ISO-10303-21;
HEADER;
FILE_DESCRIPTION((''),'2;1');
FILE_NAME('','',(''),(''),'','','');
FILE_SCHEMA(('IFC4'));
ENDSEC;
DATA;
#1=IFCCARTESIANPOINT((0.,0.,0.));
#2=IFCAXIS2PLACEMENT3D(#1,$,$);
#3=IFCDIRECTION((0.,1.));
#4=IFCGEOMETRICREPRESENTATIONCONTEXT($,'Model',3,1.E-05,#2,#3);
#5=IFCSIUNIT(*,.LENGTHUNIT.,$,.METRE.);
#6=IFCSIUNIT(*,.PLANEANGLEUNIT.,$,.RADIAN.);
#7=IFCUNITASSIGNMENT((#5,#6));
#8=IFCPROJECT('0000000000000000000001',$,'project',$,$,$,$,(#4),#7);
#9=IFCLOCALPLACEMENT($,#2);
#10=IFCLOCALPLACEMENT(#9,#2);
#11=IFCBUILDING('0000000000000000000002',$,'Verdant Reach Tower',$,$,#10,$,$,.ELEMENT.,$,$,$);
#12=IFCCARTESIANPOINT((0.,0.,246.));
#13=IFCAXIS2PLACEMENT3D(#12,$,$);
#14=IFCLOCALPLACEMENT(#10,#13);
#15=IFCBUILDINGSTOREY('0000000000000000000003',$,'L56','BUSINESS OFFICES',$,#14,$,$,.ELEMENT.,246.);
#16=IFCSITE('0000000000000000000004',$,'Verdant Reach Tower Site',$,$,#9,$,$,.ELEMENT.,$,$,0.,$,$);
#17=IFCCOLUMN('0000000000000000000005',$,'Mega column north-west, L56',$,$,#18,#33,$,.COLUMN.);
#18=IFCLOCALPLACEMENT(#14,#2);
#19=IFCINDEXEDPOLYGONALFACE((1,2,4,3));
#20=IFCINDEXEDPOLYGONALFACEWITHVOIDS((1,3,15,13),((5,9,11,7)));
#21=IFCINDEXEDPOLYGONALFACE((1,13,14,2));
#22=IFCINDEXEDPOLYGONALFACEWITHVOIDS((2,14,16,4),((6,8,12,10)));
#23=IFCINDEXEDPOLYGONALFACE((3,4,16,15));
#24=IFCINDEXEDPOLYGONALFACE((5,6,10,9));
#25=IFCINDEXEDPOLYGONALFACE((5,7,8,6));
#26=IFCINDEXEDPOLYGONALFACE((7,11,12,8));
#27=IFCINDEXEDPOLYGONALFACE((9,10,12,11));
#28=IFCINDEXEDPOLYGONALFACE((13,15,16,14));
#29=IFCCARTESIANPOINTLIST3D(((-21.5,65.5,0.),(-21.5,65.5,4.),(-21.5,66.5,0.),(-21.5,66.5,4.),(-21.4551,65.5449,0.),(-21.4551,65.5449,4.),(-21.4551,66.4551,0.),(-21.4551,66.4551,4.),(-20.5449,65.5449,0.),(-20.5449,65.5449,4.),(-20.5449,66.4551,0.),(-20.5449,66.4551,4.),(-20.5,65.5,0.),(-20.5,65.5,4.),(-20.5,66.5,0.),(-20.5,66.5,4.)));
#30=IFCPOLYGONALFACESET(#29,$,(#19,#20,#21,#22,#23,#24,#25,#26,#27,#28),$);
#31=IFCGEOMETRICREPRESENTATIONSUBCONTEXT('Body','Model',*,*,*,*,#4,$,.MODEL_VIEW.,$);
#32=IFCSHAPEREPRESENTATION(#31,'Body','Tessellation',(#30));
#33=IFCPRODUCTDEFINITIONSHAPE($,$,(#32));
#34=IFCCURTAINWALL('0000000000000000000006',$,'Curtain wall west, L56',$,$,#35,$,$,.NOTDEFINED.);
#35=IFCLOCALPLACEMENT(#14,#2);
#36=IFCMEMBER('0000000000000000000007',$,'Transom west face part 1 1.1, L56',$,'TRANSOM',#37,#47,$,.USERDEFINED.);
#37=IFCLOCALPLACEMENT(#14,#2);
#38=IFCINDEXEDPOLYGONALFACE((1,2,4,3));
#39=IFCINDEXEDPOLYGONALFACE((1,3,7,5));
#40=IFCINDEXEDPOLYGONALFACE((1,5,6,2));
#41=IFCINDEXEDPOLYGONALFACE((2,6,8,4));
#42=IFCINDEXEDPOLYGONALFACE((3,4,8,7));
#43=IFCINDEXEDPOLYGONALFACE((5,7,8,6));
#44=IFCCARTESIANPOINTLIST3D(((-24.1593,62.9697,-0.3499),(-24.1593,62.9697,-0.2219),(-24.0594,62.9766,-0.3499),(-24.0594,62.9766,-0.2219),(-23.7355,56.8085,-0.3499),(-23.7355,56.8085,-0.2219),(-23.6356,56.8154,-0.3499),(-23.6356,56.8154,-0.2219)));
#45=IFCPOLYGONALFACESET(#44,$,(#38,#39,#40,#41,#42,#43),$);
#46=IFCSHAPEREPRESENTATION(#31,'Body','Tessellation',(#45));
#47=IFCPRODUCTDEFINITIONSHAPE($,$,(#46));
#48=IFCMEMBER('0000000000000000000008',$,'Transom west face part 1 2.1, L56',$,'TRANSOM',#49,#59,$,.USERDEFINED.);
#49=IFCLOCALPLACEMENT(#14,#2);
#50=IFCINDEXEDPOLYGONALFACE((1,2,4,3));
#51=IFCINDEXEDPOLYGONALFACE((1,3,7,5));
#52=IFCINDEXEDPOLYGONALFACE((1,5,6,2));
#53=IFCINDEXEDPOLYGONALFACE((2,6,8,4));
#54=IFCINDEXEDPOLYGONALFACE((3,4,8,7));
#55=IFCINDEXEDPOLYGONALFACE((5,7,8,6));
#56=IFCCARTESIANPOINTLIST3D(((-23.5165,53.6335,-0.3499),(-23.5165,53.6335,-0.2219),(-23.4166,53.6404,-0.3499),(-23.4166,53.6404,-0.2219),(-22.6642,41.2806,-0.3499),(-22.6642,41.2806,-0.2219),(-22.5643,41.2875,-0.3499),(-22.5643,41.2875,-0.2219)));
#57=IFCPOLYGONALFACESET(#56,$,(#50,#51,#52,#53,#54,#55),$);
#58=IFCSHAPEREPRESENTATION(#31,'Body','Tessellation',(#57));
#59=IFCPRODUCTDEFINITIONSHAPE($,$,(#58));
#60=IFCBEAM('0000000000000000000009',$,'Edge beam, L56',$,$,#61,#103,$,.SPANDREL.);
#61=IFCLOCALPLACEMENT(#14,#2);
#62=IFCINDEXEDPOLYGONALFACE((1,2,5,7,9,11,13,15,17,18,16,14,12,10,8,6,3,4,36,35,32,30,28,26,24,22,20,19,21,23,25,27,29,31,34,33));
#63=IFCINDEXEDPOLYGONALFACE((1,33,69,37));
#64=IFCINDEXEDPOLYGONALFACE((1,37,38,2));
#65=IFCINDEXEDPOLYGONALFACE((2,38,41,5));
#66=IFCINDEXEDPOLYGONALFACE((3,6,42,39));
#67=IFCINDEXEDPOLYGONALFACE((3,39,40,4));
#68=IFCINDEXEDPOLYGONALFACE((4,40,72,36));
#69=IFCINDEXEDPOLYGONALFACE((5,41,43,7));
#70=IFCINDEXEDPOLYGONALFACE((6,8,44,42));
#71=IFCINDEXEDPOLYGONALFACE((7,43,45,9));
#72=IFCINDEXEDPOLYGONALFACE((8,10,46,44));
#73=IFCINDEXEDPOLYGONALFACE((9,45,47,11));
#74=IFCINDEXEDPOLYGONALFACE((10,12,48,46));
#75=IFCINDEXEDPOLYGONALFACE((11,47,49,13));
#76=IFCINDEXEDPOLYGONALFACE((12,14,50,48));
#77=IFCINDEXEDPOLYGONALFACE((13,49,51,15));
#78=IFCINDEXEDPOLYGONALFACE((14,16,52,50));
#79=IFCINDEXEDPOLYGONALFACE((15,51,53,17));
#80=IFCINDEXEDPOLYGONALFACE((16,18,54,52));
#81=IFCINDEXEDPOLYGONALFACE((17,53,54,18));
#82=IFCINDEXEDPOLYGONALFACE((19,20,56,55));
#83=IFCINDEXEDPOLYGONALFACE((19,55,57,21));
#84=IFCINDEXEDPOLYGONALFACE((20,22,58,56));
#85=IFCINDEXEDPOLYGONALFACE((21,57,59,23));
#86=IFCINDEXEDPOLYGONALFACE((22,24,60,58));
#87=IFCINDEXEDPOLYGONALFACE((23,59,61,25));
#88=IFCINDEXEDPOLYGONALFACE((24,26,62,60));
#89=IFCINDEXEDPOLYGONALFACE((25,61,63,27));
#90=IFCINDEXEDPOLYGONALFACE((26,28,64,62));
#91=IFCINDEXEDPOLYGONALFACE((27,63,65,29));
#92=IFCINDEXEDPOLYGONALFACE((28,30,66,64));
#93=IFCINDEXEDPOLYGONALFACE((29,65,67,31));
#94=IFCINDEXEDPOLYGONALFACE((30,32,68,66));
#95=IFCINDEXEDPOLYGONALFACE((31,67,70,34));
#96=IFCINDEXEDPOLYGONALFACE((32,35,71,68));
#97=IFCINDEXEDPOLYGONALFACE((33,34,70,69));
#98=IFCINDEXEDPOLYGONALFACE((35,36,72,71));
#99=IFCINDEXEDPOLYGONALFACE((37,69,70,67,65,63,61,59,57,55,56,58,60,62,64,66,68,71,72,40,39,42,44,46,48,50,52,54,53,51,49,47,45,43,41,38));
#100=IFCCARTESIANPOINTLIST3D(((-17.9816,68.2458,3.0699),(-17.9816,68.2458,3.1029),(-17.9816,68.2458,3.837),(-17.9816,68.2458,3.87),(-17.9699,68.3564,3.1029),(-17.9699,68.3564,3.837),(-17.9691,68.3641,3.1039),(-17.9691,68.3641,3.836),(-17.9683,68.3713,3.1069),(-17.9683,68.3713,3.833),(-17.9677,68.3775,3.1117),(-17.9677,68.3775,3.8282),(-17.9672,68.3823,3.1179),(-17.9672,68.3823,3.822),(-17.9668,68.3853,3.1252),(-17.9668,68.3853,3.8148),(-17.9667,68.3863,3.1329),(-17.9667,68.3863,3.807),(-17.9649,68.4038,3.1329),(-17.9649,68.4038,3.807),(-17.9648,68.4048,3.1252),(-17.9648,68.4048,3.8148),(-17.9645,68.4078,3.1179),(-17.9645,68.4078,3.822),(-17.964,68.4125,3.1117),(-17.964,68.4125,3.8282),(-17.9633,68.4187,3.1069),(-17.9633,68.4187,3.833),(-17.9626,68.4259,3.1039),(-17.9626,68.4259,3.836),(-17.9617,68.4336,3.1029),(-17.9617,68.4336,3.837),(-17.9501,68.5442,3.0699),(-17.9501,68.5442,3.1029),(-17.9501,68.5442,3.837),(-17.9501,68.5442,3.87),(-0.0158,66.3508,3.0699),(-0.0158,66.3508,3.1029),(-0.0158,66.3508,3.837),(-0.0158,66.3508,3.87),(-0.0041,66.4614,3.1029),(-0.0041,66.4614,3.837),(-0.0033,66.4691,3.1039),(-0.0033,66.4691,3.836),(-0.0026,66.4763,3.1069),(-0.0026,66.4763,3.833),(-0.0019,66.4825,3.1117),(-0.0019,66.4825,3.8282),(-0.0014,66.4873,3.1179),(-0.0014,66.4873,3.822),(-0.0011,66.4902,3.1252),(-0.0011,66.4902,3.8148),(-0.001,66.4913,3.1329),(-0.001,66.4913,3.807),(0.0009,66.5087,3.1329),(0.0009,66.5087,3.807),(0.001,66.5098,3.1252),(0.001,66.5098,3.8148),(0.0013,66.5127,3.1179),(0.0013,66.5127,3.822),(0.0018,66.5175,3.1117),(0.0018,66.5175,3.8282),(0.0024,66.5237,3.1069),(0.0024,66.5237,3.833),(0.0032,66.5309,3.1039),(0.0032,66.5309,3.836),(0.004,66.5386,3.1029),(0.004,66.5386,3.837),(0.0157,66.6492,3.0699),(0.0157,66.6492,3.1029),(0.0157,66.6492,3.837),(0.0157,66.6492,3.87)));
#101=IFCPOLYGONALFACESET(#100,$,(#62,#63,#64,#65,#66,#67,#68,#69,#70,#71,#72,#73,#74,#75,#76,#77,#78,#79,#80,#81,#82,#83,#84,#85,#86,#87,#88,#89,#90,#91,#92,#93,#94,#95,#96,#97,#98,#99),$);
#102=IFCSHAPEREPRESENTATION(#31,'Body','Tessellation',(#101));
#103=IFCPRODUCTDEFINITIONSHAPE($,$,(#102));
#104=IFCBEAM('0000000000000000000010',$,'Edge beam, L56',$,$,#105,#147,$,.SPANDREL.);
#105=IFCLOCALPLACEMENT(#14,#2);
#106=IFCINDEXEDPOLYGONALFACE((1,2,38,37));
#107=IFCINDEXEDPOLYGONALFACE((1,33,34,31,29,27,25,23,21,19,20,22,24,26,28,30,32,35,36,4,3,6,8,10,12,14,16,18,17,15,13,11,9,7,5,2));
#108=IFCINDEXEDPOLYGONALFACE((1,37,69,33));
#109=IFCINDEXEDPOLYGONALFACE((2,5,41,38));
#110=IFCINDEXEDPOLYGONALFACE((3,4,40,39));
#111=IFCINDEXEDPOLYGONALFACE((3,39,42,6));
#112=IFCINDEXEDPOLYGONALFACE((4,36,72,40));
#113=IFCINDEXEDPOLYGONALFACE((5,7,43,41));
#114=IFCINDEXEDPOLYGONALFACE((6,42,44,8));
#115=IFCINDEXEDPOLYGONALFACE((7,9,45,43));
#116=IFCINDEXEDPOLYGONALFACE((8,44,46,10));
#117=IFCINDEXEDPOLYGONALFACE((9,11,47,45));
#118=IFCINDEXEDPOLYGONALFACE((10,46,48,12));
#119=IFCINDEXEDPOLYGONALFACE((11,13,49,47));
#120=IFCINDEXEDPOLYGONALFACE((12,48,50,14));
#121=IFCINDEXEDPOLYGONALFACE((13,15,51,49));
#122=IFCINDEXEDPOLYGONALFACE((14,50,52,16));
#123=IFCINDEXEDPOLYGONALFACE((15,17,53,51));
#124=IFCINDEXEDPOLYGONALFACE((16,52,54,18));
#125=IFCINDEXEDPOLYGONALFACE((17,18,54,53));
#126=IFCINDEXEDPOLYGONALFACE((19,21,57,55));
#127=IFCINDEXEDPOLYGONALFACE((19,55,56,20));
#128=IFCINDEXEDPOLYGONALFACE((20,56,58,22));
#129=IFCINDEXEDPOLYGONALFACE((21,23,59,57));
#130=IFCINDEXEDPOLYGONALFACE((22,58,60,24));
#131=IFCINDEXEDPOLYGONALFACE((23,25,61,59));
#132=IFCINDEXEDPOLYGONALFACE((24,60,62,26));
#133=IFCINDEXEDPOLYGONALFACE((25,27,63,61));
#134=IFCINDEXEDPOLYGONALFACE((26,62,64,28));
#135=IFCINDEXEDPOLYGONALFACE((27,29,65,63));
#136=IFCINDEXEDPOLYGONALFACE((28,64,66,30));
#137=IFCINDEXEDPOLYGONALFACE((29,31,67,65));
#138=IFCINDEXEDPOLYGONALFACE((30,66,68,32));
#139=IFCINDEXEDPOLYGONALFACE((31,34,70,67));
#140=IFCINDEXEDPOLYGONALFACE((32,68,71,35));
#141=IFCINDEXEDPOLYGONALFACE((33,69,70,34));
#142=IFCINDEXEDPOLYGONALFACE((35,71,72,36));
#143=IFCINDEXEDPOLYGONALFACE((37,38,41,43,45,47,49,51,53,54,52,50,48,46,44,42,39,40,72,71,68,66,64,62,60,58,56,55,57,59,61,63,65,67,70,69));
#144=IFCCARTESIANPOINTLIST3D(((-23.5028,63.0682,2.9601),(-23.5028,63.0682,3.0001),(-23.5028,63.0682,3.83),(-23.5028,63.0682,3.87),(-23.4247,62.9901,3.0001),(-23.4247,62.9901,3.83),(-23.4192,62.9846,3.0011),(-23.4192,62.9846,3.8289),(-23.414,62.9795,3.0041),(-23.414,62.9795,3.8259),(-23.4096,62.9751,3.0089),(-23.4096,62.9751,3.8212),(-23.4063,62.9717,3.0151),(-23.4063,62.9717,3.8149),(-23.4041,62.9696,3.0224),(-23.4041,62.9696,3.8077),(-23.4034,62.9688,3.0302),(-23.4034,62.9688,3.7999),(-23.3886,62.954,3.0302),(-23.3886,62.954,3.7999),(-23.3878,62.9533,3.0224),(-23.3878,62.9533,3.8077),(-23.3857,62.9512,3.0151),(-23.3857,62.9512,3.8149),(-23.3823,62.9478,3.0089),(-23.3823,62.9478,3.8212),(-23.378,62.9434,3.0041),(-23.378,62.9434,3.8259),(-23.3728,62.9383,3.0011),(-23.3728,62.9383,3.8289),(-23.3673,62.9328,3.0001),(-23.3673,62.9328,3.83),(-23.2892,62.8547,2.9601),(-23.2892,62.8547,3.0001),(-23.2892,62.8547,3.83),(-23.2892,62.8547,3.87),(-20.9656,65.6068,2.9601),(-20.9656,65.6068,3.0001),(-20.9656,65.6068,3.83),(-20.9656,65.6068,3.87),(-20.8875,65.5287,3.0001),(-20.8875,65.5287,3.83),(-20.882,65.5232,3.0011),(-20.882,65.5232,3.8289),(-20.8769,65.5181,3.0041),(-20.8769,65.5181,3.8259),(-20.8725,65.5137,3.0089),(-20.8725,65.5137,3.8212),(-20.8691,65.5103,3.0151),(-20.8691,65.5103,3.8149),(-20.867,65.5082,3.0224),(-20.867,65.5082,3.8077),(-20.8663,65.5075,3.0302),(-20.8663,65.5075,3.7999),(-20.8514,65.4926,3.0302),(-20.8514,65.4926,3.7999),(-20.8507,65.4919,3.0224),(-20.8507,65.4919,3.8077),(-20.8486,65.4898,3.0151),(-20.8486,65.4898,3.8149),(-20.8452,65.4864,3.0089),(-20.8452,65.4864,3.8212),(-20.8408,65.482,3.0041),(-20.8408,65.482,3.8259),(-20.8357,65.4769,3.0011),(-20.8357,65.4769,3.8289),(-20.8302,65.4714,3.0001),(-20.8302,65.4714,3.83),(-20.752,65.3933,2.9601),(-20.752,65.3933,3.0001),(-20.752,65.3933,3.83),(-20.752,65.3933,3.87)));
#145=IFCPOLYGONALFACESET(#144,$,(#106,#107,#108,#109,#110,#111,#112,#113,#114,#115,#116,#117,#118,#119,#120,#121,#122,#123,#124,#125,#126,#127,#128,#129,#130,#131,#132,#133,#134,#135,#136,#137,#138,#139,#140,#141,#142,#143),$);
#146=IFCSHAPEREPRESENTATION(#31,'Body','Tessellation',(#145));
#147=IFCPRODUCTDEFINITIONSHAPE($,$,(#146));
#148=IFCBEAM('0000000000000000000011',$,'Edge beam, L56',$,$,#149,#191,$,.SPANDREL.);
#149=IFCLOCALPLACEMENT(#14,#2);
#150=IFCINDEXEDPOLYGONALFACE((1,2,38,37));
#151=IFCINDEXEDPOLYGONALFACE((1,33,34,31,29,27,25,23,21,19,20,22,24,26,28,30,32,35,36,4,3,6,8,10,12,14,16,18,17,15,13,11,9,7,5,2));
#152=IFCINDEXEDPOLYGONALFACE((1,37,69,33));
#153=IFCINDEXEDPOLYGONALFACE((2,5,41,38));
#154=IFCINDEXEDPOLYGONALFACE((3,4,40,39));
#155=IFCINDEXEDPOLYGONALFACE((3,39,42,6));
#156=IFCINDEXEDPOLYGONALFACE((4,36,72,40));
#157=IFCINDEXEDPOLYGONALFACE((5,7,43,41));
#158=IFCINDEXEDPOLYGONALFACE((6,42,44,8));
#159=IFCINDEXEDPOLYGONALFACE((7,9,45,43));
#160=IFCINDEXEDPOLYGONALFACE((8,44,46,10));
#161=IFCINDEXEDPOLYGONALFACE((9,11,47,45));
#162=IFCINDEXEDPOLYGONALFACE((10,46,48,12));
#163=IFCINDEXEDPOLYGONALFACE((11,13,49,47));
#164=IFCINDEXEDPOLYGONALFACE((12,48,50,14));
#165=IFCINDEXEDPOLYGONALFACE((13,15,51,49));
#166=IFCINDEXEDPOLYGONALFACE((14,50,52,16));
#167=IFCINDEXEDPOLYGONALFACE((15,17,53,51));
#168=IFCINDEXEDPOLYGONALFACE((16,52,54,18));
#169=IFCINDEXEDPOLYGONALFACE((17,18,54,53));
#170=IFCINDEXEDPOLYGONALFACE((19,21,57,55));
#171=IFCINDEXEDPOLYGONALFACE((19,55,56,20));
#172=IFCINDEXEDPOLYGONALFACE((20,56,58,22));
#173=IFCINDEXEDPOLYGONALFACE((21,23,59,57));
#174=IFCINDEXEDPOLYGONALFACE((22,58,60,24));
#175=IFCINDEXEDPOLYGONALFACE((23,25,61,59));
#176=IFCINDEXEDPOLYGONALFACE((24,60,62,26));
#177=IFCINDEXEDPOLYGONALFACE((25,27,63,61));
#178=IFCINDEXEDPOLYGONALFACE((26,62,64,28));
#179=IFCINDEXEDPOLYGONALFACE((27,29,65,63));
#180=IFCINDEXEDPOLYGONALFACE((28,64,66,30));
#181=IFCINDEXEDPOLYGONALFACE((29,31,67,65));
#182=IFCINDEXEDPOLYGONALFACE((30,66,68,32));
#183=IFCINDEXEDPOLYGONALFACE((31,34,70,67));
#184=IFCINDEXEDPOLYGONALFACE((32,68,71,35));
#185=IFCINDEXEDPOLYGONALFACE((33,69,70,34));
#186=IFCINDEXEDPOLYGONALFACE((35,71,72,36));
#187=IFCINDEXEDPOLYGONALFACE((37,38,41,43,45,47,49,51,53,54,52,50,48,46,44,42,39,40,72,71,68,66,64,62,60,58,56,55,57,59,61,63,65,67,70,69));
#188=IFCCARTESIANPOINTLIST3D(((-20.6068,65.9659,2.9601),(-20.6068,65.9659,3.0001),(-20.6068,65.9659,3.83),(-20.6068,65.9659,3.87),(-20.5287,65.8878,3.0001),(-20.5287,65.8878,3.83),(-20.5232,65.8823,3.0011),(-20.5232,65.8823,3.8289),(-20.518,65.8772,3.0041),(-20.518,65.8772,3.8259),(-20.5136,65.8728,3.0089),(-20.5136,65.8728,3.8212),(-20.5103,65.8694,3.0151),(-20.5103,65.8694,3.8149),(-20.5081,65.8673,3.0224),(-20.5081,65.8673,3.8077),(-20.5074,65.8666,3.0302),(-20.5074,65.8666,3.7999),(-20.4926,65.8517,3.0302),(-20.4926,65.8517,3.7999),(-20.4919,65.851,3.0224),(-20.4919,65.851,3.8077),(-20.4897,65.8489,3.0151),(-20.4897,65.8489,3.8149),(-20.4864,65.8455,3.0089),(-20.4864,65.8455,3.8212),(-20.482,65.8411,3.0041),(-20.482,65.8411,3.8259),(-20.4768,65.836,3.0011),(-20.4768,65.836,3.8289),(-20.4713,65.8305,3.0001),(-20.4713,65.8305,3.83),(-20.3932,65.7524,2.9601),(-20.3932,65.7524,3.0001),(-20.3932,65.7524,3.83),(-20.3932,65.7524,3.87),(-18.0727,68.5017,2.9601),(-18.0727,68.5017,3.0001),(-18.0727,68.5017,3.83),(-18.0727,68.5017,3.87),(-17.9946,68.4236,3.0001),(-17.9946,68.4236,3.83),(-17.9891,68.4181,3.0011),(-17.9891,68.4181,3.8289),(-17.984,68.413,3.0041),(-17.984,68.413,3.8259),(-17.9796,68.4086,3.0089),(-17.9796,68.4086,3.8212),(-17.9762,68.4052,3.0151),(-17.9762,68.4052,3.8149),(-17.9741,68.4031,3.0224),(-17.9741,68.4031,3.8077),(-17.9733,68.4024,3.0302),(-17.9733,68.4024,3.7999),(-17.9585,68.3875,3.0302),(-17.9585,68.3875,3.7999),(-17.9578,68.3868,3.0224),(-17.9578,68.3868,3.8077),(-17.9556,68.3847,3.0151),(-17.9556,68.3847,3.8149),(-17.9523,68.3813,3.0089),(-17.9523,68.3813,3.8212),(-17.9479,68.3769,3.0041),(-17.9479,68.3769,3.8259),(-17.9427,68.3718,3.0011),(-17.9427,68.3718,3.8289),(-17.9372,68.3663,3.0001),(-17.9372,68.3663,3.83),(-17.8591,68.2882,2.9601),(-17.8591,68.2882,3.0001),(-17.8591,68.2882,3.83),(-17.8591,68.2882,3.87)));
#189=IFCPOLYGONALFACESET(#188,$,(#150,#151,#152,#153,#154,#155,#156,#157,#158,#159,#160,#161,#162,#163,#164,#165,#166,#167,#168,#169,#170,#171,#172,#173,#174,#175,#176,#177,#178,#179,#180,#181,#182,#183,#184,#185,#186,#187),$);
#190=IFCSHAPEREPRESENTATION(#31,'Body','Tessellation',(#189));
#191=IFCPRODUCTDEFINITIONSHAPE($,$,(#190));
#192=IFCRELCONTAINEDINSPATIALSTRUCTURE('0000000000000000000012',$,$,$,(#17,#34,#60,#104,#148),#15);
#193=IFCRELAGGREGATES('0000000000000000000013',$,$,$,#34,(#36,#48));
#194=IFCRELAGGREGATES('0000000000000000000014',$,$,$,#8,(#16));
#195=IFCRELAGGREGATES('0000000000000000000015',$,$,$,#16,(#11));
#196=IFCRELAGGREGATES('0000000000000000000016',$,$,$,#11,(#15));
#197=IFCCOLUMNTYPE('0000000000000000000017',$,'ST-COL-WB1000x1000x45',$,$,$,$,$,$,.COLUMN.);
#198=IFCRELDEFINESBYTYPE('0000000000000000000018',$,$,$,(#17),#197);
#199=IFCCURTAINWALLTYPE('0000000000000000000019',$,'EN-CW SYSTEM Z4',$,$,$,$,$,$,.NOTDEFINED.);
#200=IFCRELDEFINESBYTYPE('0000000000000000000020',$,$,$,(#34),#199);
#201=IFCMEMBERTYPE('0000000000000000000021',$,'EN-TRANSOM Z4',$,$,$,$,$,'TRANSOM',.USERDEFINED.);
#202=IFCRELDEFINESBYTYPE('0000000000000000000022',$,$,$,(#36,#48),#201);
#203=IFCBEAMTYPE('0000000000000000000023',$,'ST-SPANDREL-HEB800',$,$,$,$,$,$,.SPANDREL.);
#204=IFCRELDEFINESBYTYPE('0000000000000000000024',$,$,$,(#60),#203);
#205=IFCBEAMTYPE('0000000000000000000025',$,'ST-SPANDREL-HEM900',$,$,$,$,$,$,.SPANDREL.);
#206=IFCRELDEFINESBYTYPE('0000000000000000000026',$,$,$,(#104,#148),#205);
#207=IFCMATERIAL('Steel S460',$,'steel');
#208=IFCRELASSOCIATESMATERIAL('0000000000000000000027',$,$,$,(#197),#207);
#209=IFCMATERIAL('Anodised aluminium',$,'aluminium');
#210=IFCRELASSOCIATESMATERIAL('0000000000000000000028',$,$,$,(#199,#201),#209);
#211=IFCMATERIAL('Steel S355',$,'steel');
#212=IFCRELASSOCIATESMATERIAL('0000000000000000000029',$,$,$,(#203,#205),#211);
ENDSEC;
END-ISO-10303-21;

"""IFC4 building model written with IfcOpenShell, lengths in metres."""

from ifc_helpers import new_model, si_unit, direction, frame, origin, origin_2d, place, context, subcontext, project, spatial, rectangle, hollow_rectangle, i_section, extrude, material, material_profile, profile_set, type_object, element, aggregate, save


model = new_model("IFC4")

# Units and contexts
model_context = context("Model", 3, precision=1e-05, world=origin(), true_north=direction((0.0, 1.0)))
body_context = subcontext(model_context, "Body", "Model", "MODEL_VIEW")
ifc_project = project(units=[si_unit("LENGTHUNIT", "METRE"), si_unit("PLANEANGLEUNIT", "RADIAN")], contexts=[model_context])

# Site, building, storey
site_placement = place(None, origin())
site = spatial("IfcSite", under=ifc_project, at=site_placement, Name="Verdant Reach Tower Site", CompositionType="ELEMENT", RefElevation=0.0)
building_placement = place(site_placement, origin())
building = spatial("IfcBuilding", under=site, at=building_placement, Name="Verdant Reach Tower", CompositionType="ELEMENT")
storey_placement = place(building_placement, frame((0.0, 0.0, 246.0)))
storey = spatial("IfcBuildingStorey", under=building, at=storey_placement, Name="L56", Description="BUSINESS OFFICES", CompositionType="ELEMENT", Elevation=246.0)

# Column
ifc_material_1 = material(Name="Steel S460", Category="steel")
ifc_material_profile_1 = material_profile(ifc_material_1, hollow_rectangle(XDim=1.0, YDim=1.0, WallThickness=0.0449, at=origin_2d()), Name="WB 1000x1000x45")
ifc_profile_set_1 = profile_set([ifc_material_profile_1], Name="Steel S460")
column_type = type_object("IfcColumnType", Name="ST-COL-WB1000x1000x45", PredefinedType="COLUMN", material=ifc_profile_set_1)
column_placement = place(storey_placement, frame((-21.0, 66.0, 0.0), z_axis=(0.0, 0.0, 1.0), x_axis=(1.0, 0.0, 0.0)))
element("IfcColumn", 1, at=column_placement, inside=storey, type_object=column_type, Name="Mega column north-west, L56", PredefinedType="COLUMN", context=body_context, shape_type="SweptSolid", body=[
    extrude(hollow_rectangle(XDim=1.0, YDim=1.0, WallThickness=0.0449, at=origin_2d()), origin(), (0.0, 0.0, 1.0), 4.0),
])

# Curtain wall, members
ifc_material_2 = material(Name="Anodised aluminium", Category="aluminium")
curtain_wall_type = type_object("IfcCurtainWallType", Name="EN-CW SYSTEM Z4", PredefinedType="NOTDEFINED", material=ifc_material_2)
curtain_wall_1_placement = place(storey_placement, origin())
curtain_wall_1 = element("IfcCurtainWall", 2, at=curtain_wall_1_placement, inside=storey, type_object=curtain_wall_type, Name="Curtain wall west, L56", PredefinedType="NOTDEFINED")
ifc_material_profile_2 = material_profile(ifc_material_2, rectangle(XDim=0.1001, YDim=0.1279, at=origin_2d()), Name="Transom 128x100")
ifc_profile_set_2 = profile_set([ifc_material_profile_2], Name="Anodised aluminium")
member_type = type_object("IfcMemberType", Name="EN-TRANSOM Z4", ElementType="TRANSOM", PredefinedType="USERDEFINED", material=ifc_profile_set_2)
member_1_placement = place(storey_placement, frame((-24.1094, 62.9731, -0.2859), z_axis=(0.068628, -0.997642, 0.0), x_axis=(0.997642, 0.068628, 0.0)))
member_1 = element("IfcMember", 3, at=member_1_placement, type_object=member_type, Name="Transom west face part 1 1.1, L56", ObjectType="TRANSOM", PredefinedType="USERDEFINED", context=body_context, shape_type="SweptSolid", body=[
    extrude(rectangle(XDim=0.1001, YDim=0.1279, at=origin_2d()), origin(), (0.0, 0.0, 1.0), 6.1758),
])
member_2_placement = place(storey_placement, frame((-23.4666, 53.637, -0.2859), z_axis=(0.068831, -0.997628, 0.0), x_axis=(0.997628, 0.068831, 0.0)))
member_2 = element("IfcMember", 4, at=member_2_placement, type_object=member_type, Name="Transom west face part 1 2.1, L56", ObjectType="TRANSOM", PredefinedType="USERDEFINED", context=body_context, shape_type="SweptSolid", body=[
    extrude(rectangle(XDim=0.1001, YDim=0.1279, at=origin_2d()), origin(), (0.0, 0.0, 1.0), 12.3823),
])

# Beams
ifc_material_3 = material(Name="Steel S355", Category="steel")
ifc_material_profile_3 = material_profile(ifc_material_3, i_section(OverallWidth=0.3, OverallDepth=0.8, WebThickness=0.0176, FlangeThickness=0.033, FilletRadius=0.03, at=origin_2d()), Name="HEB 800")
ifc_profile_set_3 = profile_set([ifc_material_profile_3], Name="Steel S355")
beam_type_1 = type_object("IfcBeamType", Name="ST-SPANDREL-HEB800", PredefinedType="SPANDREL", material=ifc_profile_set_3)
beam_1_placement = place(storey_placement, frame((-17.9658, 68.395, 3.47), z_axis=(0.994483, -0.104897, 0.0), x_axis=(0.104897, 0.994483, 0.0)))
element("IfcBeam", 5, at=beam_1_placement, inside=storey, type_object=beam_type_1, Name="Edge beam, L56", PredefinedType="SPANDREL", context=body_context, shape_type="SweptSolid", body=[
    extrude(i_section(OverallWidth=0.3, OverallDepth=0.8, WebThickness=0.0176, FlangeThickness=0.033, FilletRadius=0.03, at=origin_2d()), origin(), (0.0, 0.0, 1.0), 18.0654),
])
ifc_material_profile_4 = material_profile(ifc_material_3, i_section(OverallWidth=0.302, OverallDepth=0.9099, WebThickness=0.021, FlangeThickness=0.04, FilletRadius=0.03, at=origin_2d()), Name="HEM 900")
ifc_profile_set_4 = profile_set([ifc_material_profile_4], Name="Steel S355")
beam_type_2 = type_object("IfcBeamType", Name="ST-SPANDREL-HEM900", PredefinedType="SPANDREL", material=ifc_profile_set_4)
beam_2_placement = place(storey_placement, frame((-23.396, 62.9614, 3.415), z_axis=(0.706903, 0.707311, 0.0), x_axis=(-0.707311, 0.706903, 0.0)))
element("IfcBeam", 6, at=beam_2_placement, inside=storey, type_object=beam_type_2, Name="Edge beam, L56", PredefinedType="SPANDREL", context=body_context, shape_type="SweptSolid", body=[
    extrude(i_section(OverallWidth=0.302, OverallDepth=0.9099, WebThickness=0.021, FlangeThickness=0.04, FilletRadius=0.03, at=origin_2d()), origin(), (0.0, 0.0, 1.0), 3.5891),
])
beam_3_placement = place(storey_placement, frame((-20.5, 65.8591, 3.415), z_axis=(0.706868, 0.707345, 0.0), x_axis=(-0.707345, 0.706868, 0.0)))
element("IfcBeam", 7, at=beam_3_placement, inside=storey, type_object=beam_type_2, Name="Edge beam, L56", PredefinedType="SPANDREL", context=body_context, shape_type="SweptSolid", body=[
    extrude(i_section(OverallWidth=0.302, OverallDepth=0.9099, WebThickness=0.021, FlangeThickness=0.04, FilletRadius=0.03, at=origin_2d()), origin(), (0.0, 0.0, 1.0), 3.585),
])

aggregate(curtain_wall_1, [member_1, member_2])

save(model, "model.ifc")
